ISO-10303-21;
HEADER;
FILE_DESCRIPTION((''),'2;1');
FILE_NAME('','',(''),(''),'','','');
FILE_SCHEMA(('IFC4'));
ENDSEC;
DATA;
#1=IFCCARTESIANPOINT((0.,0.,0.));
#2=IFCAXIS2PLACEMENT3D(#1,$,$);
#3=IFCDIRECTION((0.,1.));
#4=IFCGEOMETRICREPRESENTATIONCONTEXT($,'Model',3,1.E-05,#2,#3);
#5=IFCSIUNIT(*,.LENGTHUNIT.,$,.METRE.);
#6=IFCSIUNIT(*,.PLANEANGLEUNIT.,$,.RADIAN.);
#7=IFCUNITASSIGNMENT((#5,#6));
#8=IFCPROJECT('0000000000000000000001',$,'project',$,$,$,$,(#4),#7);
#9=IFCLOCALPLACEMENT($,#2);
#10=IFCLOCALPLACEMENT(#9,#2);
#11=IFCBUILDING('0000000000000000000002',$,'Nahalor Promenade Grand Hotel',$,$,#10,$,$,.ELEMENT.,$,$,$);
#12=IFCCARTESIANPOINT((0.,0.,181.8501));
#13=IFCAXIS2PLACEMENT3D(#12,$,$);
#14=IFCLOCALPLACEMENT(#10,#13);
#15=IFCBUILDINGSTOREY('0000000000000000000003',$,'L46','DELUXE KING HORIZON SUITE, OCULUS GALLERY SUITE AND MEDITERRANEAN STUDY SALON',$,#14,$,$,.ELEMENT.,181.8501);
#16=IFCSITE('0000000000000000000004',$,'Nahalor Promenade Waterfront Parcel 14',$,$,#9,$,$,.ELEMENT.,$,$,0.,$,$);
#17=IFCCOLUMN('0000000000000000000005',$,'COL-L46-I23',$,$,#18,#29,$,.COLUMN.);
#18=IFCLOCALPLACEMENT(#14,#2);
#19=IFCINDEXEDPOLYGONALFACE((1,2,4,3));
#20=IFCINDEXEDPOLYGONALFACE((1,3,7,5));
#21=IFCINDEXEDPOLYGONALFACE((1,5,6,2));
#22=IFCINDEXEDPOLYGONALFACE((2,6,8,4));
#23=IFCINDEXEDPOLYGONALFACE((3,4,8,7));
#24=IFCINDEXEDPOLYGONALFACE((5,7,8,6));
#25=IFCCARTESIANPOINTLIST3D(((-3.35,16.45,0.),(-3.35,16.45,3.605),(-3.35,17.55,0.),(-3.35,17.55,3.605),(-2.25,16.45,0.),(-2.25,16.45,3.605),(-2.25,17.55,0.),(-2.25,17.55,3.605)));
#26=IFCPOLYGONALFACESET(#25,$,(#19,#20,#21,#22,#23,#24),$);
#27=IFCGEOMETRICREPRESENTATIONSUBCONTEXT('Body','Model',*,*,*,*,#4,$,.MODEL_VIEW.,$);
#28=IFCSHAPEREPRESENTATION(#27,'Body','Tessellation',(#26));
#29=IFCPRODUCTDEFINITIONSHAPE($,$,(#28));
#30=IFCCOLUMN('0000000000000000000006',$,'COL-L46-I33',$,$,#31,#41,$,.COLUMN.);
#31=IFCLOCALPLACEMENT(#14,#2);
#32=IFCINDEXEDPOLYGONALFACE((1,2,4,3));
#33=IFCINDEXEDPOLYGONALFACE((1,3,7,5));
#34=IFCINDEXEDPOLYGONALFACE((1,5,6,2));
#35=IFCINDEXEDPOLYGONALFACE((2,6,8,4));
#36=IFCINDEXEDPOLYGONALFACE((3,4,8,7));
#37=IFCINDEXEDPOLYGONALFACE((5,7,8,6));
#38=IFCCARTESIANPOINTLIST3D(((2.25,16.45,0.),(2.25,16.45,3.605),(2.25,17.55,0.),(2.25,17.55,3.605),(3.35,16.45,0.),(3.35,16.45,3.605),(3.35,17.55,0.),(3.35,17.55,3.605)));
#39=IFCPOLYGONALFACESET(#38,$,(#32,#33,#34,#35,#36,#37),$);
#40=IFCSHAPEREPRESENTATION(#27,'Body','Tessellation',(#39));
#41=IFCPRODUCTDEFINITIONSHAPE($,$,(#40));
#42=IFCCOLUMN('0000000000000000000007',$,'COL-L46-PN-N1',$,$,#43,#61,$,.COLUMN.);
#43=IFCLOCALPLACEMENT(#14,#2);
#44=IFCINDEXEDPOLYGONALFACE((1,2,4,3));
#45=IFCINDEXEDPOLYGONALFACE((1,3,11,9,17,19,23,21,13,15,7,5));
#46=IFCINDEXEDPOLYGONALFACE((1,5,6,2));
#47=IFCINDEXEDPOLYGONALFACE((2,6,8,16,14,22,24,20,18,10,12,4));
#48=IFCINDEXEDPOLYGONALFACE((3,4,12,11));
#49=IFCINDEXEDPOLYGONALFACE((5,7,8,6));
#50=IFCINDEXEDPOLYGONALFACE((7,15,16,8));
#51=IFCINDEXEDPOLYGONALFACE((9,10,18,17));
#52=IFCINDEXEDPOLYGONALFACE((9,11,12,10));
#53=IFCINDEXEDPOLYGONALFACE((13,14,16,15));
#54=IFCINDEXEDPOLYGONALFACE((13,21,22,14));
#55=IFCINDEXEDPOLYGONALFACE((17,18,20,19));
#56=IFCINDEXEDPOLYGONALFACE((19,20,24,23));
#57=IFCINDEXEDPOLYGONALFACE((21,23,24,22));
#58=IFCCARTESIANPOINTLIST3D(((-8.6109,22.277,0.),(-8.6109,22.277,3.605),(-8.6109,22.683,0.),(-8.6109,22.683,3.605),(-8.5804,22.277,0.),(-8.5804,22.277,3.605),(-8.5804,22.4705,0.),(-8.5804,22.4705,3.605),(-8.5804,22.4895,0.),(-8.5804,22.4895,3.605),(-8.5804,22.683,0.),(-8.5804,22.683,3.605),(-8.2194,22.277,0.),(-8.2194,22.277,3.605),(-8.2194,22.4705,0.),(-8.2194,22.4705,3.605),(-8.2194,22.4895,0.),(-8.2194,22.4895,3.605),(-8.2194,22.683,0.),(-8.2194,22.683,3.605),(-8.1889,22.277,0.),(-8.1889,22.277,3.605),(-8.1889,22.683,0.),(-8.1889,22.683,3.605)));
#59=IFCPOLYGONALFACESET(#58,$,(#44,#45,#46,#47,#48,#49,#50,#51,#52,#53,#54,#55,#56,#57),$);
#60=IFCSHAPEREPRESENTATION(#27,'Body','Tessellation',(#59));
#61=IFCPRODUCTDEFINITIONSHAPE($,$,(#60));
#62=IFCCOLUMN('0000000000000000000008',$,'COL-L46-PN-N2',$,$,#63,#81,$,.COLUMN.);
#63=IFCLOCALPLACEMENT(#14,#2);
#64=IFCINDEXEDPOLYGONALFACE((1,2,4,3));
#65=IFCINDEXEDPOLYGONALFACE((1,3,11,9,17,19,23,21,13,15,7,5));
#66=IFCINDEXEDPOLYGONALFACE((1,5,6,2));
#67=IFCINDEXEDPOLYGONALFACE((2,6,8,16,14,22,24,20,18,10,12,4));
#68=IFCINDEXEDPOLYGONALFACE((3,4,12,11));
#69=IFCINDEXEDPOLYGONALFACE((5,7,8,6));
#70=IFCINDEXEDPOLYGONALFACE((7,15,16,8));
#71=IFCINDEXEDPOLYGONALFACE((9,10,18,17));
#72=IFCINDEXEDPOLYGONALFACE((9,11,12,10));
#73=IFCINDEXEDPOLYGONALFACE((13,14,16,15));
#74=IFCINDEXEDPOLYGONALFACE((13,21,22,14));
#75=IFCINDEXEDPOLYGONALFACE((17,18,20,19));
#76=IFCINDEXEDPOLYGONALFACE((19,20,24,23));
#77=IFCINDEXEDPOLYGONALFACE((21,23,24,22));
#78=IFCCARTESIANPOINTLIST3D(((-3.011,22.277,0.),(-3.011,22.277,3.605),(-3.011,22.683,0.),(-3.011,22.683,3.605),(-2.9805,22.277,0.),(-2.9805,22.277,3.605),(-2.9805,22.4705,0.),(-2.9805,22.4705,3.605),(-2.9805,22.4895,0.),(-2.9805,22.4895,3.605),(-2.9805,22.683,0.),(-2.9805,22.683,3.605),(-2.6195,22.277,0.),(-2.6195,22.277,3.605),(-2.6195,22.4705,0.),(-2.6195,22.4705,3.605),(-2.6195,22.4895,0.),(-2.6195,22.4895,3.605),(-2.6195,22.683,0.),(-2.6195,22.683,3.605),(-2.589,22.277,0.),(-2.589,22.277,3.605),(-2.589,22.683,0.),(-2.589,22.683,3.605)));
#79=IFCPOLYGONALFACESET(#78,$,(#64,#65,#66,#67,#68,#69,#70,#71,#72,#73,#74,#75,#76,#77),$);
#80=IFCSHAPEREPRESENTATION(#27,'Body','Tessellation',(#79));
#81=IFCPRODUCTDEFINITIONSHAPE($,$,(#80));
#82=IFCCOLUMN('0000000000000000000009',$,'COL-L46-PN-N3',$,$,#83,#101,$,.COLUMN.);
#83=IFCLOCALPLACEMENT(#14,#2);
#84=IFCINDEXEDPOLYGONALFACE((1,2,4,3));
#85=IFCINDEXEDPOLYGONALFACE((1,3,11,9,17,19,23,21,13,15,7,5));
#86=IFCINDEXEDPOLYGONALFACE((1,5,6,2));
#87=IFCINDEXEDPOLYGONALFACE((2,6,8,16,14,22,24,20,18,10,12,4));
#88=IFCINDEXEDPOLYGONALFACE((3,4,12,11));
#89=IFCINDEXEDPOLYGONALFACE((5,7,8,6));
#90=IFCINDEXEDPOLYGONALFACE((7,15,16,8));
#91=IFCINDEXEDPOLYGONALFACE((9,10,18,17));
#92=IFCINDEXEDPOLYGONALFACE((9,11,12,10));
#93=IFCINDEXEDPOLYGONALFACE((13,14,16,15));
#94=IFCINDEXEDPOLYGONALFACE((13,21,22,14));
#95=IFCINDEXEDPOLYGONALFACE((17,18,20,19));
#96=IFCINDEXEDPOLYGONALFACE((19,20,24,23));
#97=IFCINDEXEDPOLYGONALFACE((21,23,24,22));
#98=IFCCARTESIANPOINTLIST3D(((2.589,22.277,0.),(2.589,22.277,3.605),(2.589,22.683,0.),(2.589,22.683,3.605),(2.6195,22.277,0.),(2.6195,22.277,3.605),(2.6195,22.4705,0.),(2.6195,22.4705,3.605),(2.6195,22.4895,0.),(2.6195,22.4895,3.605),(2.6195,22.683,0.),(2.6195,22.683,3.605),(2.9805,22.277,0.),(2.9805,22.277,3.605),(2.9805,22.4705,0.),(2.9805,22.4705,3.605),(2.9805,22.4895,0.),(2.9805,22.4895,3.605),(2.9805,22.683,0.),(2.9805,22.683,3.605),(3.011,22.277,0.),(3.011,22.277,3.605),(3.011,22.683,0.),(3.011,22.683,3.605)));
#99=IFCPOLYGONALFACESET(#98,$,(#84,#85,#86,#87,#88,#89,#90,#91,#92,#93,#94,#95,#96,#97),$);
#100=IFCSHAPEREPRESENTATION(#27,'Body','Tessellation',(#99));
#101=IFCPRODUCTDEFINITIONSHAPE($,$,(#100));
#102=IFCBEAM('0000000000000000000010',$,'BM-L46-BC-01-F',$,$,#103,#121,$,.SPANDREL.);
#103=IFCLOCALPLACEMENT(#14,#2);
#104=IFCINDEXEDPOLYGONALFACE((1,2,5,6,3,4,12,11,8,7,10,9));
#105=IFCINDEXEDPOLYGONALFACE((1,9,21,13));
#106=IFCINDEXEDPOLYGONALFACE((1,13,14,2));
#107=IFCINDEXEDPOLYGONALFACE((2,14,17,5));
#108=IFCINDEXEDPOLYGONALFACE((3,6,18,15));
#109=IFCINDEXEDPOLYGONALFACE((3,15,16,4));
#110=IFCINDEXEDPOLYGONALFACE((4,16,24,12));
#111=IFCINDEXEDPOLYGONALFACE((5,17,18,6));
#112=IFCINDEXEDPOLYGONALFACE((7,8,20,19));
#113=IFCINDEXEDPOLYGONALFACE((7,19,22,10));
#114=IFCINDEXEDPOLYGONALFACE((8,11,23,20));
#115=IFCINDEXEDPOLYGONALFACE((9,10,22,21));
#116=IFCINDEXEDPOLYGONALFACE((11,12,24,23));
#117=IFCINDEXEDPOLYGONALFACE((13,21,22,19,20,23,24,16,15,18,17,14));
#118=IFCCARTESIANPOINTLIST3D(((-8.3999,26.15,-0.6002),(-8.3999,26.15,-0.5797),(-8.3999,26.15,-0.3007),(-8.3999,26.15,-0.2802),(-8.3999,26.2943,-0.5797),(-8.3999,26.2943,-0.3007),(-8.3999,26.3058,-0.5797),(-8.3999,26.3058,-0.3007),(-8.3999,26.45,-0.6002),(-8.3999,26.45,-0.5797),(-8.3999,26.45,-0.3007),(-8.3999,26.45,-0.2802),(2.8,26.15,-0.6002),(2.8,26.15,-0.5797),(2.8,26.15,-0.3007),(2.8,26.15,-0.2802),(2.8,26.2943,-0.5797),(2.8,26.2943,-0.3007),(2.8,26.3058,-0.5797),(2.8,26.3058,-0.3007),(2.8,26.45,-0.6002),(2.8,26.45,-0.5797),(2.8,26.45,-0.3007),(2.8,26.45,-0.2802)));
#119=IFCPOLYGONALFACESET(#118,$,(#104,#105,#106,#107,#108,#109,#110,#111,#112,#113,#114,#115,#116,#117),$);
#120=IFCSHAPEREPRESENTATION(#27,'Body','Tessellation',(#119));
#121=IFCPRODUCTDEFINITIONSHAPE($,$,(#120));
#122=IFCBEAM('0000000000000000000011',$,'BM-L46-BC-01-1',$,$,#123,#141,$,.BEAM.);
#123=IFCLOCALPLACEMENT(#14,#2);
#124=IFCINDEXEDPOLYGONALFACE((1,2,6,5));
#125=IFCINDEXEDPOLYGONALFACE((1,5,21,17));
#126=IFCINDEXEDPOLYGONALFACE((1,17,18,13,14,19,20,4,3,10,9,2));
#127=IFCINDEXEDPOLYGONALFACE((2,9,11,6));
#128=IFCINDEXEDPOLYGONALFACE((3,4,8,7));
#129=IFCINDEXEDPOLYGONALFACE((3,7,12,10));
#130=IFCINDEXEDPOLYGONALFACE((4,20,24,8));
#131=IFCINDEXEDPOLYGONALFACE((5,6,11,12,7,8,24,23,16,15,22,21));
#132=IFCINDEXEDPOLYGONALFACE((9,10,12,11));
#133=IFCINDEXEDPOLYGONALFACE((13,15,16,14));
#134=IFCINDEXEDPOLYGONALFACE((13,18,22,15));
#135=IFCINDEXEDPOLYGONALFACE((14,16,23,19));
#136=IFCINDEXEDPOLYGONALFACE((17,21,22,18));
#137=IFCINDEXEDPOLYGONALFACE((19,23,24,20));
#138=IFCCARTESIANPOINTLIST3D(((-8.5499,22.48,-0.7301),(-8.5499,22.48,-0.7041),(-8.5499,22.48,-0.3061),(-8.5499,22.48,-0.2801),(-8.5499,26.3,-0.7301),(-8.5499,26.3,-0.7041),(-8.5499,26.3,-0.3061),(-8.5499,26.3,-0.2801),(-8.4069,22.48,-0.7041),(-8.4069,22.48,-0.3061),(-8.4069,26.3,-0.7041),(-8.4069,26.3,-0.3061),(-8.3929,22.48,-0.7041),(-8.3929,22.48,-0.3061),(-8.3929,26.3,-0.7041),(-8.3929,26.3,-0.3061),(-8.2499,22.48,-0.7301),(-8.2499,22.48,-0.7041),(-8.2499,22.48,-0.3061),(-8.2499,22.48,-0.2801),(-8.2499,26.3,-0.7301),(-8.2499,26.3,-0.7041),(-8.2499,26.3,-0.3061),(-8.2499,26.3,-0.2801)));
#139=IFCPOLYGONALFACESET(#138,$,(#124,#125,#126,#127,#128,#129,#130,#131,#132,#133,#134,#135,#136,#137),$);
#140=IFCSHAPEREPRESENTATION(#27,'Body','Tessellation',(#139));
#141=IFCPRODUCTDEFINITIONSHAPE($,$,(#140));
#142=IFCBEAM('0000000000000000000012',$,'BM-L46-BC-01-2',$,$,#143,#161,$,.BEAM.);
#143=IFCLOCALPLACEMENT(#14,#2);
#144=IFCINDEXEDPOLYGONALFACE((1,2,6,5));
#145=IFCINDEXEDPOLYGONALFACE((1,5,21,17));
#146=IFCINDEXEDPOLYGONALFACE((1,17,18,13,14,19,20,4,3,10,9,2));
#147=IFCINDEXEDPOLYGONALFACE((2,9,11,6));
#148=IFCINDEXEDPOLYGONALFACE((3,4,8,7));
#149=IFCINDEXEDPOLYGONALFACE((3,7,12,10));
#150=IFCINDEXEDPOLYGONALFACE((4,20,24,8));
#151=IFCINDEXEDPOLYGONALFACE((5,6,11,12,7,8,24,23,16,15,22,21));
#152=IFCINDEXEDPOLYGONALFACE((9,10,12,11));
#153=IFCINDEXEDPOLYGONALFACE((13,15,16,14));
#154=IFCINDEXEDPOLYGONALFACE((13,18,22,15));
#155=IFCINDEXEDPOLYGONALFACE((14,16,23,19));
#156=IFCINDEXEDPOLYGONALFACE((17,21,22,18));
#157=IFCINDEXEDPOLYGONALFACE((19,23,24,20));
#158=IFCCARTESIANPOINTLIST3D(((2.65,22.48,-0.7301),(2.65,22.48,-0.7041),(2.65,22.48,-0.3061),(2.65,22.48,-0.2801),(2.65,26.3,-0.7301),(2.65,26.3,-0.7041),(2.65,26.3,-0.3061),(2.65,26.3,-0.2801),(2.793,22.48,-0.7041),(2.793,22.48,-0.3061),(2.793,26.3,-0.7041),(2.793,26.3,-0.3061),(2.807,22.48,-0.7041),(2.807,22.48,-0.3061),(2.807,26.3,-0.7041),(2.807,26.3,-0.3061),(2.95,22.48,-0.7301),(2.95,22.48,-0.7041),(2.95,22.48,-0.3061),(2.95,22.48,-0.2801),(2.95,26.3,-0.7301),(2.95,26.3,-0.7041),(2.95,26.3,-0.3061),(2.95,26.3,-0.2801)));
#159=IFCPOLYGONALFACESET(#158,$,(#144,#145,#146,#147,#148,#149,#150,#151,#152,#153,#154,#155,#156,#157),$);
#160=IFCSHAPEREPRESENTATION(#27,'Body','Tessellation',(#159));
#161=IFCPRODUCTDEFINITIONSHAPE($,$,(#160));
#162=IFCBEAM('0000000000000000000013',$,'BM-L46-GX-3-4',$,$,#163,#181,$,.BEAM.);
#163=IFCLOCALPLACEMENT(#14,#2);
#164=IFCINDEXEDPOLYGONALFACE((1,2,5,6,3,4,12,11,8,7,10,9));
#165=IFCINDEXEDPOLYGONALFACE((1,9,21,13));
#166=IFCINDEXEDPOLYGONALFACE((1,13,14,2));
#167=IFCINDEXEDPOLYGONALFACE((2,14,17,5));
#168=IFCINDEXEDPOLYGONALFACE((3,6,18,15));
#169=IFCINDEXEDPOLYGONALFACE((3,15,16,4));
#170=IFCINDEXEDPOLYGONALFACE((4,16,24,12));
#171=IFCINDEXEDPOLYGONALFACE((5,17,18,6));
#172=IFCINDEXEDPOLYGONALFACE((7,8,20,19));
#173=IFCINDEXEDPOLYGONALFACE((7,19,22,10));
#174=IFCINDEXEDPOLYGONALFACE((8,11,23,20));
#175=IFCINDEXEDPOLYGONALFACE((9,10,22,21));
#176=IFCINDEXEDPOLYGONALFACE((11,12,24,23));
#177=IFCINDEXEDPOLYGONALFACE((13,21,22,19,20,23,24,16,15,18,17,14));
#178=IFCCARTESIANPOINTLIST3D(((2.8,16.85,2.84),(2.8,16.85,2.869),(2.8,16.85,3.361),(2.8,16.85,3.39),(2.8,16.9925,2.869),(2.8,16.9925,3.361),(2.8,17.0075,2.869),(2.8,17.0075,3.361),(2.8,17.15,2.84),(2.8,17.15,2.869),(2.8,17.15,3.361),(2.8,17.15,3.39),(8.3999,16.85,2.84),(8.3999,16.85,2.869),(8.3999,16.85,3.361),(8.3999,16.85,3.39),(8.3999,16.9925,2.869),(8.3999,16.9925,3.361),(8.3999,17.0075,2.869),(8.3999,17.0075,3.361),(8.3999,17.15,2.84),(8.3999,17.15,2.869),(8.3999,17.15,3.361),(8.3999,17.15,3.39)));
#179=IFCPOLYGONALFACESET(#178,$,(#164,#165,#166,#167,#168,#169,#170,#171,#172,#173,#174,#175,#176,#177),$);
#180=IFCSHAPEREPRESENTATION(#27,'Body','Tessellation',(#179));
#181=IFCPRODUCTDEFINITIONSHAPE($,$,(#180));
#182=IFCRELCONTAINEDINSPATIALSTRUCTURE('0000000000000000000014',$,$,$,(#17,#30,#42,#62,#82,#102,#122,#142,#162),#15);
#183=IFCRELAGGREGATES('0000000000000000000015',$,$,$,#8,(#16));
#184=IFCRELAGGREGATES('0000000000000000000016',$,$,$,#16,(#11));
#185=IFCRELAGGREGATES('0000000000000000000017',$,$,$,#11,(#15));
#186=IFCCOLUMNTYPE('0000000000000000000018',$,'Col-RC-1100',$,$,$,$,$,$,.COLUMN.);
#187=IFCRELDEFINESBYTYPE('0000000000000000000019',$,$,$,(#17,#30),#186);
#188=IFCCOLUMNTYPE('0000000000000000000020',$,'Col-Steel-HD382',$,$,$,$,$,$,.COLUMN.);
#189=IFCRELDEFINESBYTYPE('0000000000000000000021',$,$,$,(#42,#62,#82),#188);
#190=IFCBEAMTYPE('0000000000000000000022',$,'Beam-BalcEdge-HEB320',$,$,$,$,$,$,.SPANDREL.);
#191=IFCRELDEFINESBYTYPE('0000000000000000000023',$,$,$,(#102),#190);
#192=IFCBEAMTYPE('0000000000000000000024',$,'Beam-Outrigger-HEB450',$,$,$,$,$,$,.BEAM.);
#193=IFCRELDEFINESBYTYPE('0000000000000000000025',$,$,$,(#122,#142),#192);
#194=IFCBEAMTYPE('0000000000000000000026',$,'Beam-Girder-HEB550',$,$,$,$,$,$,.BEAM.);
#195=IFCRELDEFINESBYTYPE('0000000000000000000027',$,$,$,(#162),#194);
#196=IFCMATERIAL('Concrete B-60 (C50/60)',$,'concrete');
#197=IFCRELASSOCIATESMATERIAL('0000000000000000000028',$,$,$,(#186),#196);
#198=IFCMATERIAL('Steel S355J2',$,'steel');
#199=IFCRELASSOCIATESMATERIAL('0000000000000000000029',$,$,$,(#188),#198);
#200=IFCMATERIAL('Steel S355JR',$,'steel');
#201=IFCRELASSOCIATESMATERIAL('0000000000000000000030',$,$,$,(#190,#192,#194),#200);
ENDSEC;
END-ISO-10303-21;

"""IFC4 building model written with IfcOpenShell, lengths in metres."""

from ifc_helpers import new_model, si_unit, direction, frame, origin, origin_2d, place, context, subcontext, project, spatial, rectangle, i_section, extrude, source, transform, mapped, material, material_profile, profile_set, type_object, element, save


model = new_model("IFC4")

# Units and contexts
model_context = context("Model", 3, precision=1e-05, world=origin(), true_north=direction((0.0, 1.0)))
body_context = subcontext(model_context, "Body", "Model", "MODEL_VIEW")
ifc_project = project(units=[si_unit("LENGTHUNIT", "METRE"), si_unit("PLANEANGLEUNIT", "RADIAN")], contexts=[model_context])

# Site, building, storey
site_placement = place(None, origin())
site = spatial("IfcSite", under=ifc_project, at=site_placement, Name="Nahalor Promenade Waterfront Parcel 14", CompositionType="ELEMENT", RefElevation=0.0)
building_placement = place(site_placement, origin())
building = spatial("IfcBuilding", under=site, at=building_placement, Name="Nahalor Promenade Grand Hotel", CompositionType="ELEMENT")
storey_placement = place(building_placement, frame((0.0, 0.0, 181.8501)))
storey = spatial("IfcBuildingStorey", under=building, at=storey_placement, Name="L46", Description="DELUXE KING HORIZON SUITE, OCULUS GALLERY SUITE AND MEDITERRANEAN STUDY SALON", CompositionType="ELEMENT", Elevation=181.8501)

# Columns
ifc_material_1 = material(Name="Concrete B-60 (C50/60)", Category="concrete")
ifc_material_profile_1 = material_profile(ifc_material_1, rectangle(XDim=1.1, YDim=1.1, at=origin_2d()), Name="RC 1100x1100")
ifc_profile_set_1 = profile_set([ifc_material_profile_1], Name="Concrete B-60 (C50/60)")
column_type_1 = type_object("IfcColumnType", Name="Col-RC-1100", PredefinedType="COLUMN", material=ifc_profile_set_1)
shared_shape_1 = source(origin(), body_context, "Body", "SweptSolid", [
    extrude(rectangle(XDim=1.1, YDim=1.1, at=origin_2d()), origin(), (0.0, 0.0, 1.0), 3.605),
])
for number, where, z_axis, x_axis, name in (
    (1, (-2.8, 17.0, 0.0), (0.0, 0.0, 1.0), (1.0, 0.0, 0.0), "COL-L46-I23"),
    (2, (2.8, 17.0, 0.0), (0.0, 0.0, 1.0), (1.0, 0.0, 0.0), "COL-L46-I33"),
):
    element("IfcColumn", number, at=place(storey_placement, frame(where, z_axis=z_axis, x_axis=x_axis)), inside=storey, type_object=column_type_1, Name=name, PredefinedType="COLUMN", context=body_context, shape_type="MappedRepresentation", body=[
        mapped(shared_shape_1, transform((0.0, 0.0, 0.0), scale=1.0)),
    ])
ifc_material_2 = material(Name="Steel S355J2", Category="steel")
ifc_material_profile_2 = material_profile(ifc_material_2, i_section(OverallWidth=0.406, OverallDepth=0.422, WebThickness=0.019, FlangeThickness=0.0305, at=origin_2d()), Name="HD 400x382")
ifc_profile_set_2 = profile_set([ifc_material_profile_2], Name="Steel S355J2")
column_type_2 = type_object("IfcColumnType", Name="Col-Steel-HD382", PredefinedType="COLUMN", material=ifc_profile_set_2)
shared_shape_2 = source(origin(), body_context, "Body", "SweptSolid", [
    extrude(i_section(OverallWidth=0.406, OverallDepth=0.422, WebThickness=0.019, FlangeThickness=0.0305, at=origin_2d()), origin(), (0.0, 0.0, 1.0), 3.605),
])
for number, where, z_axis, x_axis, name in (
    (3, (-8.3999, 22.48, 0.0), (0.0, 0.0, 1.0), (0.0, 1.0, 0.0), "COL-L46-PN-N1"),
    (4, (-2.8, 22.48, 0.0), (0.0, 0.0, 1.0), (0.0, 1.0, 0.0), "COL-L46-PN-N2"),
    (5, (2.8, 22.48, 0.0), (0.0, 0.0, 1.0), (0.0, 1.0, 0.0), "COL-L46-PN-N3"),
):
    element("IfcColumn", number, at=place(storey_placement, frame(where, z_axis=z_axis, x_axis=x_axis)), inside=storey, type_object=column_type_2, Name=name, PredefinedType="COLUMN", context=body_context, shape_type="MappedRepresentation", body=[
        mapped(shared_shape_2, transform((0.0, 0.0, 0.0), scale=1.0)),
    ])

# Beams
ifc_material_3 = material(Name="Steel S355JR", Category="steel")
ifc_material_profile_3 = material_profile(ifc_material_3, i_section(OverallWidth=0.3, OverallDepth=0.32, WebThickness=0.0115, FlangeThickness=0.0205, at=origin_2d()), Name="HEB 320")
ifc_profile_set_3 = profile_set([ifc_material_profile_3], Name="Steel S355JR")
beam_type_1 = type_object("IfcBeamType", Name="Beam-BalcEdge-HEB320", PredefinedType="SPANDREL", material=ifc_profile_set_3)
shared_shape_3 = source(origin(), body_context, "Body", "SweptSolid", [
    extrude(i_section(OverallWidth=0.3, OverallDepth=0.32, WebThickness=0.0115, FlangeThickness=0.0205, at=origin_2d()), origin(), (0.0, 0.0, 1.0), 11.2),
])
beam_1_placement = place(storey_placement, frame((-8.3999, 26.3, -0.4402), z_axis=(1.0, 0.0, 0.0), x_axis=(0.0, 1.0, 0.0)))
element("IfcBeam", 6, at=beam_1_placement, inside=storey, type_object=beam_type_1, Name="BM-L46-BC-01-F", PredefinedType="SPANDREL", context=body_context, shape_type="MappedRepresentation", body=[
    mapped(shared_shape_3, transform((0.0, 0.0, 0.0), scale=1.0)),
])
ifc_material_profile_4 = material_profile(ifc_material_3, i_section(OverallWidth=0.3, OverallDepth=0.45, WebThickness=0.014, FlangeThickness=0.026, at=origin_2d()), Name="HEB 450")
ifc_profile_set_4 = profile_set([ifc_material_profile_4], Name="Steel S355JR")
beam_type_2 = type_object("IfcBeamType", Name="Beam-Outrigger-HEB450", PredefinedType="BEAM", material=ifc_profile_set_4)
shared_shape_4 = source(origin(), body_context, "Body", "SweptSolid", [
    extrude(i_section(OverallWidth=0.3, OverallDepth=0.45, WebThickness=0.014, FlangeThickness=0.026, at=origin_2d()), origin(), (0.0, 0.0, 1.0), 3.8201),
])
for number, where, z_axis, x_axis, name in (
    (7, (-8.3999, 22.48, -0.5051), (0.0, 1.0, 0.0), (-1.0, 0.0, 0.0), "BM-L46-BC-01-1"),
    (8, (2.8, 22.48, -0.5051), (0.0, 1.0, 0.0), (-1.0, 0.0, 0.0), "BM-L46-BC-01-2"),
):
    element("IfcBeam", number, at=place(storey_placement, frame(where, z_axis=z_axis, x_axis=x_axis)), inside=storey, type_object=beam_type_2, Name=name, PredefinedType="BEAM", context=body_context, shape_type="MappedRepresentation", body=[
        mapped(shared_shape_4, transform((0.0, 0.0, 0.0), scale=1.0)),
    ])
ifc_material_profile_5 = material_profile(ifc_material_3, i_section(OverallWidth=0.3, OverallDepth=0.55, WebThickness=0.015, FlangeThickness=0.029, at=origin_2d()), Name="HEB 550")
ifc_profile_set_5 = profile_set([ifc_material_profile_5], Name="Steel S355JR")
beam_type_3 = type_object("IfcBeamType", Name="Beam-Girder-HEB550", PredefinedType="BEAM", material=ifc_profile_set_5)
shared_shape_5 = source(origin(), body_context, "Body", "SweptSolid", [
    extrude(i_section(OverallWidth=0.3, OverallDepth=0.55, WebThickness=0.015, FlangeThickness=0.029, at=origin_2d()), origin(), (0.0, 0.0, 1.0), 5.5999),
])
beam_2_placement = place(storey_placement, frame((2.8, 17.0, 3.115), z_axis=(1.0, 0.0, 0.0), x_axis=(0.0, 1.0, 0.0)))
element("IfcBeam", 9, at=beam_2_placement, inside=storey, type_object=beam_type_3, Name="BM-L46-GX-3-4", PredefinedType="BEAM", context=body_context, shape_type="MappedRepresentation", body=[
    mapped(shared_shape_5, transform((0.0, 0.0, 0.0), scale=1.0)),
])

save(model, "model.ifc")
